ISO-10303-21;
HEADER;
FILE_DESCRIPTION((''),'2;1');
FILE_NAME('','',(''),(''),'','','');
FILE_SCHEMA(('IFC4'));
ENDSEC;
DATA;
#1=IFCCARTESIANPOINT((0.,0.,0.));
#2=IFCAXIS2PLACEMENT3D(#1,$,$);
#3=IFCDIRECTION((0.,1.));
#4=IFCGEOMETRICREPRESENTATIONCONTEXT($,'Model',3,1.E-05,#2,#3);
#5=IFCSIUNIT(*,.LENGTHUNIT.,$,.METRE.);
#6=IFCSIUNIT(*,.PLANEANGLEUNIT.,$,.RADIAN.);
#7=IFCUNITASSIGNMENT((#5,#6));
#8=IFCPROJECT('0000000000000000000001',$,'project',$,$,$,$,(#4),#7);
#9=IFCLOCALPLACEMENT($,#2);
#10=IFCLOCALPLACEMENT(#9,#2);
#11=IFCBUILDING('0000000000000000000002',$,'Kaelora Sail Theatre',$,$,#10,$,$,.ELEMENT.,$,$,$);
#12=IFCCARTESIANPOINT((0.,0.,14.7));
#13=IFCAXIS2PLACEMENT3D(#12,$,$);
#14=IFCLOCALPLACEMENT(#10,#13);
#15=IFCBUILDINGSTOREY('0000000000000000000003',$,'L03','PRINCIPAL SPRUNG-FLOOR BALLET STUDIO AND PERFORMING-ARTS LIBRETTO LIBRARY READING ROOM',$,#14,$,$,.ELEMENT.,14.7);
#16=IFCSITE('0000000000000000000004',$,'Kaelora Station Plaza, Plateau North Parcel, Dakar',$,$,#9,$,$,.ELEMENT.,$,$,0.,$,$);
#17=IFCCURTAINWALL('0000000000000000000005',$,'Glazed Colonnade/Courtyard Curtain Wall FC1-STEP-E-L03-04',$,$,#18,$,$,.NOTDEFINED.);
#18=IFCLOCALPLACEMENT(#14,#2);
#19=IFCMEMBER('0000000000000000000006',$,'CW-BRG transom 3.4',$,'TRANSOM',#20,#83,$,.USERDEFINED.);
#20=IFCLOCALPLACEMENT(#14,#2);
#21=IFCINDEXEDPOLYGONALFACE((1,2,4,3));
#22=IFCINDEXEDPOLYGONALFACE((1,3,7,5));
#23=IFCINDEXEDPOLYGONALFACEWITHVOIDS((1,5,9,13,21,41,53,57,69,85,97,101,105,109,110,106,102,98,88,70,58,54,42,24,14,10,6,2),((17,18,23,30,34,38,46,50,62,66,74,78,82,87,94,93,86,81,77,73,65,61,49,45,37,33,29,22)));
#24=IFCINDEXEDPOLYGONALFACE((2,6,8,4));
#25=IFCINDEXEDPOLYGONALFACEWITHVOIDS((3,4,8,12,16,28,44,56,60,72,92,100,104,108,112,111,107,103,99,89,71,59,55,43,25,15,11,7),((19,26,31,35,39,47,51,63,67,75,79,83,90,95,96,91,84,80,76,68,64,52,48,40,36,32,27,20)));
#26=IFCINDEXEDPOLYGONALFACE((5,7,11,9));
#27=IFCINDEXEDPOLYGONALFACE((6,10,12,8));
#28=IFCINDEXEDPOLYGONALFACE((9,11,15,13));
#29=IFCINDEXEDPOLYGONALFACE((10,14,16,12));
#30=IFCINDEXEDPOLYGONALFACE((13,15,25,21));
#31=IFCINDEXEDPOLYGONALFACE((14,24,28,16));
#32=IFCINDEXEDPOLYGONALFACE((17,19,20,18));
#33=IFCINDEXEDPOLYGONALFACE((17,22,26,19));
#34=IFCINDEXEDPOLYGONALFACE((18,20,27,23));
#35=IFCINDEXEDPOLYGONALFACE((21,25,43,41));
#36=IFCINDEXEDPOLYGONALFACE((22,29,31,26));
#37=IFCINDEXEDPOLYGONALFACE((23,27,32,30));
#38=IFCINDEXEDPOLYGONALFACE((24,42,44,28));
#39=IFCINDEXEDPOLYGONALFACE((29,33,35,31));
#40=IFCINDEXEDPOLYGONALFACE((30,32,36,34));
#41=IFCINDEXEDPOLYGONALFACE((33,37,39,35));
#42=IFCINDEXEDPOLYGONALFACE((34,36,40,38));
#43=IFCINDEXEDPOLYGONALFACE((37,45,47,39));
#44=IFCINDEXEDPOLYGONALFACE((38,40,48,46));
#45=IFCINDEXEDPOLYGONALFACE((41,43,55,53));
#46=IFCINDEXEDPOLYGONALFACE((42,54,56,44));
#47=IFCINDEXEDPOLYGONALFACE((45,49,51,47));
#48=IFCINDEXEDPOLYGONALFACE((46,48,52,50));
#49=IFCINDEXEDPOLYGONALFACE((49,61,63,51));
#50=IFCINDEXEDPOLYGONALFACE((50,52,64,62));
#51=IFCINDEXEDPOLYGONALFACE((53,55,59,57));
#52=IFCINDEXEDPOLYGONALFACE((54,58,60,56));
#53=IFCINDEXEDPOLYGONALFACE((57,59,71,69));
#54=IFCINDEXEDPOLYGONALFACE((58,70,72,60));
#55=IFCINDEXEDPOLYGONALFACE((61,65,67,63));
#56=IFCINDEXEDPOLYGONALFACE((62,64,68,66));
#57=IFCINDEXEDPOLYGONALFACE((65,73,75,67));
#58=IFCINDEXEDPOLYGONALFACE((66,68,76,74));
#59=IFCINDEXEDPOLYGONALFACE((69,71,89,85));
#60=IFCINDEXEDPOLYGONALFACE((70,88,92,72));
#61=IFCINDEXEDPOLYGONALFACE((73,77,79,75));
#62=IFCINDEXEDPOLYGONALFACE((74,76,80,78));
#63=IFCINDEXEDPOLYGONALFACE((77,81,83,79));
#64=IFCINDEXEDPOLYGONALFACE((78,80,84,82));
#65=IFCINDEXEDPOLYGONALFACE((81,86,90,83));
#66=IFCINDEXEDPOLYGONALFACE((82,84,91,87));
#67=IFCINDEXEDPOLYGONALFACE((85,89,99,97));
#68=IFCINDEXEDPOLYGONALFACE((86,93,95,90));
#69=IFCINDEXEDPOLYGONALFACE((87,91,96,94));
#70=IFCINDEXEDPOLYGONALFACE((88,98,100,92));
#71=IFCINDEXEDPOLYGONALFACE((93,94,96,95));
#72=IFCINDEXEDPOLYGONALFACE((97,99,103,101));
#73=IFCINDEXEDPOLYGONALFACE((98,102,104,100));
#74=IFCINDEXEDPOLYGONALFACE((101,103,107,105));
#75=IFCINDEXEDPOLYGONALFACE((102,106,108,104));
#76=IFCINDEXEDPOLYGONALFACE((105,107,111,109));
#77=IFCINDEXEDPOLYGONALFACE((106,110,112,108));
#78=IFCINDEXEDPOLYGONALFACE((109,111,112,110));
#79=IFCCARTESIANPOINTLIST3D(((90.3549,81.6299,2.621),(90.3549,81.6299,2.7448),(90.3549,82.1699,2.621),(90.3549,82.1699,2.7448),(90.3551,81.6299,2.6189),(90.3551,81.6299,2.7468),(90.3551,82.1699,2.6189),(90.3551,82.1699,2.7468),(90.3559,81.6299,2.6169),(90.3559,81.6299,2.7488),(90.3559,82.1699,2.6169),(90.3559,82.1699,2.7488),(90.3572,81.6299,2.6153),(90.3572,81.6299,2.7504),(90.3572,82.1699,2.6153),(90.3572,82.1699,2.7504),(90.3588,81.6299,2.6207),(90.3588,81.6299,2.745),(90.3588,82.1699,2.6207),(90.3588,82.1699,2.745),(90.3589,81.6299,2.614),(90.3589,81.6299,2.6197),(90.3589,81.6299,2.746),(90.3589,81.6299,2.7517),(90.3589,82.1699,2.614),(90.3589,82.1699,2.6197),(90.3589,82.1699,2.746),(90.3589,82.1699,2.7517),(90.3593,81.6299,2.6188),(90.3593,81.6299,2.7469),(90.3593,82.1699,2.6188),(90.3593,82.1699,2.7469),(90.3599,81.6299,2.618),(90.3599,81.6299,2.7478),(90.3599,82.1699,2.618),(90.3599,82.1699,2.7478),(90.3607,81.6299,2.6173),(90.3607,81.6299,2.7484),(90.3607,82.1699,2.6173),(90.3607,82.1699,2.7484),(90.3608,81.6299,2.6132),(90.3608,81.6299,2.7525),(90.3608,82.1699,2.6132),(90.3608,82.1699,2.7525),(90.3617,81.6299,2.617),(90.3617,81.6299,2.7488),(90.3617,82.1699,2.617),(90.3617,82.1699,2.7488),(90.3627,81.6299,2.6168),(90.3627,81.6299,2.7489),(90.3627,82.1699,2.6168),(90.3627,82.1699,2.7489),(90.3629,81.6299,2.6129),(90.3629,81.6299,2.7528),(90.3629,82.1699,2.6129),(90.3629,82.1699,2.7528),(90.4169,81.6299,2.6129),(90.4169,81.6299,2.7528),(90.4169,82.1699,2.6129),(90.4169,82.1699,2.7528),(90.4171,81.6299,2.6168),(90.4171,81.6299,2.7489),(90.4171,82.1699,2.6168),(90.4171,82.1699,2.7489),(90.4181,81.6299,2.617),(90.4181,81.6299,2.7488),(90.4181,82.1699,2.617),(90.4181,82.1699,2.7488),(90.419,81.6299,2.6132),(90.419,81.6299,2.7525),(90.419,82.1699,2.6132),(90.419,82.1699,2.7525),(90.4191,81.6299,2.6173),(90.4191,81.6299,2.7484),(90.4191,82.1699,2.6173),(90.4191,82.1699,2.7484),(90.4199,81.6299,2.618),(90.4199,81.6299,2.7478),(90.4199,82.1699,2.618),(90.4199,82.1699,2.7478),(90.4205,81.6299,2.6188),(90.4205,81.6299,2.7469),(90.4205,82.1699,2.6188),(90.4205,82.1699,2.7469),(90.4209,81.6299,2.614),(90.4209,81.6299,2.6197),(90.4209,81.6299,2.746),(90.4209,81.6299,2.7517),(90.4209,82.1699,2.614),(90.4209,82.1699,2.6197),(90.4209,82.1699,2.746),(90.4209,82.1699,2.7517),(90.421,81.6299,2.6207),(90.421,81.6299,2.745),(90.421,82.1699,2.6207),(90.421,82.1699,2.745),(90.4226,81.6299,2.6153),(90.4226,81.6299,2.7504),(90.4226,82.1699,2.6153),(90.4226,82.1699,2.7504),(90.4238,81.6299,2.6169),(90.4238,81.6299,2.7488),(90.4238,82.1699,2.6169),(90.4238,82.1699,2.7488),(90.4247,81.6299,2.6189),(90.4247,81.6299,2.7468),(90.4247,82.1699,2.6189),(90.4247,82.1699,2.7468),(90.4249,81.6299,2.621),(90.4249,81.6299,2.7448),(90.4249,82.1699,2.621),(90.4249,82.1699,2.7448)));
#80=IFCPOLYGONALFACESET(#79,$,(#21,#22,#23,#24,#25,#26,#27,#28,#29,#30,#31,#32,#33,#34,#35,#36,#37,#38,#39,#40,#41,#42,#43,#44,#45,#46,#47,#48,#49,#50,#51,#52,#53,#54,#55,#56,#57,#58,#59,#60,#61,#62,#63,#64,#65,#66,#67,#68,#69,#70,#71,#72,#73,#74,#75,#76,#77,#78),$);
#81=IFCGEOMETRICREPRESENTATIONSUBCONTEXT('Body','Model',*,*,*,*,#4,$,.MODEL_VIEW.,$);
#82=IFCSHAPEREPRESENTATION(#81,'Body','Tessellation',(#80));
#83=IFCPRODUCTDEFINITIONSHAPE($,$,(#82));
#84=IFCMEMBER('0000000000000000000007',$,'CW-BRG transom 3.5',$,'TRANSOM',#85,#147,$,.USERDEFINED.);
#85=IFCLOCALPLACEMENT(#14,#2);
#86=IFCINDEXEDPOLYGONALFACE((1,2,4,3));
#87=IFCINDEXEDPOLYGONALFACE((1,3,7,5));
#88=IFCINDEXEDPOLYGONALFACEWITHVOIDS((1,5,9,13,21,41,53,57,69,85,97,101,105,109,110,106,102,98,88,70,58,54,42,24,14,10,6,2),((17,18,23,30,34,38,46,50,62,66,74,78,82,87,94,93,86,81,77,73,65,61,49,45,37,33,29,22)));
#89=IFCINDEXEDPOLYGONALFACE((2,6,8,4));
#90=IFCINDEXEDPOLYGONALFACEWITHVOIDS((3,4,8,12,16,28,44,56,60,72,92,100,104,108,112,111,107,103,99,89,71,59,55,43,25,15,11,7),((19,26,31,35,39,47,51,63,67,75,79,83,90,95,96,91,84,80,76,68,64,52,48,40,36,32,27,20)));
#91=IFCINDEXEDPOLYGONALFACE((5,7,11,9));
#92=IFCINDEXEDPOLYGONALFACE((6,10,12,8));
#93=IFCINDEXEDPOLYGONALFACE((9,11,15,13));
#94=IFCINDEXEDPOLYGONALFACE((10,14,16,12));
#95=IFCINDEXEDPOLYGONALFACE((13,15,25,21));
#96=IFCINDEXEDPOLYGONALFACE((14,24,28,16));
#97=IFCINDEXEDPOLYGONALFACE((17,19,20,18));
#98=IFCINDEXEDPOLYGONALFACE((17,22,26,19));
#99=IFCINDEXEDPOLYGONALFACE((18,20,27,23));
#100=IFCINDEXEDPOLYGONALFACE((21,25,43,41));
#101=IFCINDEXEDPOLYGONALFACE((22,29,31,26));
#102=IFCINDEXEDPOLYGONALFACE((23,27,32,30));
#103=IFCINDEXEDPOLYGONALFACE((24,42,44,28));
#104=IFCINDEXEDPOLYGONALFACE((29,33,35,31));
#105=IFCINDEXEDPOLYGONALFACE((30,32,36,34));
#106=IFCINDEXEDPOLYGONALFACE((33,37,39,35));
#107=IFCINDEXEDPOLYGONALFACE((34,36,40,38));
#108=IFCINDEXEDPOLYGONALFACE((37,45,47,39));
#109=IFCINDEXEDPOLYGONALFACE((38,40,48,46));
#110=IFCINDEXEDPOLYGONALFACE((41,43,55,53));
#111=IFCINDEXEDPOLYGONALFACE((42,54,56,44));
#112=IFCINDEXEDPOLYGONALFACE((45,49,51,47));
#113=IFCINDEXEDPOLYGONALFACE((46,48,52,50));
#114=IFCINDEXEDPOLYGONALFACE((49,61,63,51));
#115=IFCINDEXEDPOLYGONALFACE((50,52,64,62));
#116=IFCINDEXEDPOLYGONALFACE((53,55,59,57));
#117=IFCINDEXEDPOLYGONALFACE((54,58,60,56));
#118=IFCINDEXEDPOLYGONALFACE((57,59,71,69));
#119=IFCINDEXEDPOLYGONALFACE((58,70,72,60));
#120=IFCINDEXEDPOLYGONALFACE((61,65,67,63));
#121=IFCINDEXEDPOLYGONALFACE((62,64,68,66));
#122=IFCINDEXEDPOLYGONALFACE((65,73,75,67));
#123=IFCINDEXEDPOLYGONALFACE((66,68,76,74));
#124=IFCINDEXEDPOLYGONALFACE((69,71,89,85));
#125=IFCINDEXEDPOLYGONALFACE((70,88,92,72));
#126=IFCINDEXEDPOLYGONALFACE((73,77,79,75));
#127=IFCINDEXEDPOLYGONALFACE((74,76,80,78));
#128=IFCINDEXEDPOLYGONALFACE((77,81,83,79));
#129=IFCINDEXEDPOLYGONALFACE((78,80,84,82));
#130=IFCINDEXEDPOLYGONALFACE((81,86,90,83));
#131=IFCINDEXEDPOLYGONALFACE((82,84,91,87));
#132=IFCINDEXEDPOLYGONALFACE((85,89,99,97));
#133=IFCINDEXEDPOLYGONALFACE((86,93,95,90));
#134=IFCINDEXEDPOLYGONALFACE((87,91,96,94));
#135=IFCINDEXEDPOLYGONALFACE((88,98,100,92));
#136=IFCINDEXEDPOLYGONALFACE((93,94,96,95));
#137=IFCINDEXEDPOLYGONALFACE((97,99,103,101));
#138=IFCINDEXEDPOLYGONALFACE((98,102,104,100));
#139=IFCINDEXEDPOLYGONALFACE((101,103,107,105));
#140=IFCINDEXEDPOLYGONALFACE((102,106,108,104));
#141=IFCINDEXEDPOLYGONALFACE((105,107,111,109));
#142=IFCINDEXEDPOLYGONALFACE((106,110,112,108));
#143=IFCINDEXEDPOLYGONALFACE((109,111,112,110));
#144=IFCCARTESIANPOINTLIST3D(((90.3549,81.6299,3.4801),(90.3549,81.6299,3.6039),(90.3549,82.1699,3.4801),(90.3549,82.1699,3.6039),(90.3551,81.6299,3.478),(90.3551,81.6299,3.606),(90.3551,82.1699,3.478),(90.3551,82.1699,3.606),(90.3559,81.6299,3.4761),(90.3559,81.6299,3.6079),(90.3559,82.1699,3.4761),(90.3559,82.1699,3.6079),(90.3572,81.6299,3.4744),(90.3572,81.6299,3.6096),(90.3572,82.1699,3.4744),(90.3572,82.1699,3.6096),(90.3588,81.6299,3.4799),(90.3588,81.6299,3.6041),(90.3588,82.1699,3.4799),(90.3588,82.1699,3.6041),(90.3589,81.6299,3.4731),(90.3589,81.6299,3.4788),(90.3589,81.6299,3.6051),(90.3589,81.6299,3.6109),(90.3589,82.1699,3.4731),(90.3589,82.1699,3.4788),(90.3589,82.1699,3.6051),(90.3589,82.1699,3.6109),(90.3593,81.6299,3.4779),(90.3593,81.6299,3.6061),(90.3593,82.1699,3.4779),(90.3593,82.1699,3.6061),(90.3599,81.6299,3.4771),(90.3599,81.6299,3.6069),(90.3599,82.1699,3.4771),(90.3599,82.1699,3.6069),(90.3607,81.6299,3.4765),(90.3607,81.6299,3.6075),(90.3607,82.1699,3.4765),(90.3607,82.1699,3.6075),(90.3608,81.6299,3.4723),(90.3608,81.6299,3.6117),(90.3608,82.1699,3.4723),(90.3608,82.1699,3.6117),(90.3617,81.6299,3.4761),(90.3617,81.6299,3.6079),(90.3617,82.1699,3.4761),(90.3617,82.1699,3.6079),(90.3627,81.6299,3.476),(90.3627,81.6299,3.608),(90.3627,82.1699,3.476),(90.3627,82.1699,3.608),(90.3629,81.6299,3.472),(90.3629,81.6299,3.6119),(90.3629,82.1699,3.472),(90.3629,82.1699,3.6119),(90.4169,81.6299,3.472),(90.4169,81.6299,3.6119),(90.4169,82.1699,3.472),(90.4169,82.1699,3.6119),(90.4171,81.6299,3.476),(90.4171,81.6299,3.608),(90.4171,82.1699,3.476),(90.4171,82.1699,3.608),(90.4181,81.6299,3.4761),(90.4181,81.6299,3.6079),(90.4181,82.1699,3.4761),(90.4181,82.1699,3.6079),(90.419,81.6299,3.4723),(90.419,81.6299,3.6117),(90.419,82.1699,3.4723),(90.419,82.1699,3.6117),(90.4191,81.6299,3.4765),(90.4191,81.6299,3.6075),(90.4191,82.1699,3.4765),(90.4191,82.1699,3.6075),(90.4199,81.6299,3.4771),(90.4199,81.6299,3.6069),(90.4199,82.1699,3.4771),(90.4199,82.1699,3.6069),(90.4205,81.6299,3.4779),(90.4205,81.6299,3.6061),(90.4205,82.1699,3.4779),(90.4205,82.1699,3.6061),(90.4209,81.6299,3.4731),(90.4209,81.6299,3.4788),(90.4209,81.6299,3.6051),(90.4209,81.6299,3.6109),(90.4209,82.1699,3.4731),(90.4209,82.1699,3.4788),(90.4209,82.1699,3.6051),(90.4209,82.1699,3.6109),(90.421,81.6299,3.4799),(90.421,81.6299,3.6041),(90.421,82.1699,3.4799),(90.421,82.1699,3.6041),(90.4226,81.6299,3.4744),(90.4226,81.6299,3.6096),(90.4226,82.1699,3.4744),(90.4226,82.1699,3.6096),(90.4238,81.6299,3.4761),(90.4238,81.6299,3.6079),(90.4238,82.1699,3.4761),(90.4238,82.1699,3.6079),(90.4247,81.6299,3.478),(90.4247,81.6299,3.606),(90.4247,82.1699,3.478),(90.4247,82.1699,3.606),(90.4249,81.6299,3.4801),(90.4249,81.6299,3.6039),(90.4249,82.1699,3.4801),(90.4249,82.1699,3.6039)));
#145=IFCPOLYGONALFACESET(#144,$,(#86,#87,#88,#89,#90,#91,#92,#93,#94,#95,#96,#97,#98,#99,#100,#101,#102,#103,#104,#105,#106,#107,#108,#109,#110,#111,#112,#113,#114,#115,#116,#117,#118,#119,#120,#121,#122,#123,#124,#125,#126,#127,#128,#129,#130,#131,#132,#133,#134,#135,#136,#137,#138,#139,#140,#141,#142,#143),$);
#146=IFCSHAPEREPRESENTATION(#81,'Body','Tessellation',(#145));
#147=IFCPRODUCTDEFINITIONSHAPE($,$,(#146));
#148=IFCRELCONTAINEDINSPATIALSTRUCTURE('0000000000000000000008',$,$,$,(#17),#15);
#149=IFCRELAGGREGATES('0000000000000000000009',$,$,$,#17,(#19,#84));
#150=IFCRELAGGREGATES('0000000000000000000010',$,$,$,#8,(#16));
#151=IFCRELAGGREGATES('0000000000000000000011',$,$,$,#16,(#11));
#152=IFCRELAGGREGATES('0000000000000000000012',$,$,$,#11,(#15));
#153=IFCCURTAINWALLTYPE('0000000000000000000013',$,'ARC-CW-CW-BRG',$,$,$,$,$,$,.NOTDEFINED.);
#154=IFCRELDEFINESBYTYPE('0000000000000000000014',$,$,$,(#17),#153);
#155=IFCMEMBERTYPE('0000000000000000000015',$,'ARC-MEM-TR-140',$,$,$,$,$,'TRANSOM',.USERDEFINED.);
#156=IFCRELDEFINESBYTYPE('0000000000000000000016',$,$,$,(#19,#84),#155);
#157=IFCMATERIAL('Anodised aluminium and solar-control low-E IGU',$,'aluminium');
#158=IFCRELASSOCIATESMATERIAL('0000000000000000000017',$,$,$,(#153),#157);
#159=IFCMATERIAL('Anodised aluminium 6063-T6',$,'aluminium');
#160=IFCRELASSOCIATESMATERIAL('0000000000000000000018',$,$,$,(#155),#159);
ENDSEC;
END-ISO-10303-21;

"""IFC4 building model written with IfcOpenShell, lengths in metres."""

from ifc_helpers import new_model, si_unit, direction, frame, origin, origin_2d, place, context, subcontext, project, spatial, hollow_rectangle, extrude, material, material_profile, profile_set, type_object, element, aggregate, save


model = new_model("IFC4")

# Units and contexts
model_context = context("Model", 3, precision=1e-05, world=origin(), true_north=direction((0.0, 1.0)))
body_context = subcontext(model_context, "Body", "Model", "MODEL_VIEW")
ifc_project = project(units=[si_unit("LENGTHUNIT", "METRE"), si_unit("PLANEANGLEUNIT", "RADIAN")], contexts=[model_context])

# Site, building, storey
site_placement = place(None, origin())
site = spatial("IfcSite", under=ifc_project, at=site_placement, Name="Kaelora Station Plaza, Plateau North Parcel, Dakar", CompositionType="ELEMENT", RefElevation=0.0)
building_placement = place(site_placement, origin())
building = spatial("IfcBuilding", under=site, at=building_placement, Name="Kaelora Sail Theatre", CompositionType="ELEMENT")
storey_placement = place(building_placement, frame((0.0, 0.0, 14.7)))
storey = spatial("IfcBuildingStorey", under=building, at=storey_placement, Name="L03", Description="PRINCIPAL SPRUNG-FLOOR BALLET STUDIO AND PERFORMING-ARTS LIBRETTO LIBRARY READING ROOM", CompositionType="ELEMENT", Elevation=14.7)

# Curtain wall, members
ifc_material_1 = material(Name="Anodised aluminium and solar-control low-E IGU", Category="aluminium")
curtain_wall_type = type_object("IfcCurtainWallType", Name="ARC-CW-CW-BRG", PredefinedType="NOTDEFINED", material=ifc_material_1)
curtain_wall_placement = place(storey_placement, origin())
curtain_wall = element("IfcCurtainWall", 1, at=curtain_wall_placement, inside=storey, type_object=curtain_wall_type, Name="Glazed Colonnade/Courtyard Curtain Wall FC1-STEP-E-L03-04", PredefinedType="NOTDEFINED")
ifc_material_2 = material(Name="Anodised aluminium 6063-T6", Category="aluminium")
ifc_material_profile_1 = material_profile(ifc_material_2, hollow_rectangle(XDim=0.0701, YDim=0.1399, WallThickness=0.0039, InnerFilletRadius=0.0039, OuterFilletRadius=0.0081, at=origin_2d()), Name="ALU-TRAN 70x140x4")
ifc_profile_set_1 = profile_set([ifc_material_profile_1], Name="Anodised aluminium 6063-T6")
member_type_1 = type_object("IfcMemberType", Name="ARC-MEM-TR-140", ElementType="TRANSOM", PredefinedType="USERDEFINED", material=ifc_profile_set_1)
member_1_placement = place(storey_placement, frame((90.3899, 81.6299, 2.6829), z_axis=(0.0, 1.0, 0.0), x_axis=(-1.0, 0.0, 0.0)))
member_1 = element("IfcMember", 2, at=member_1_placement, type_object=member_type_1, Name="CW-BRG transom 3.4", ObjectType="TRANSOM", PredefinedType="USERDEFINED", context=body_context, shape_type="SweptSolid", body=[
    extrude(hollow_rectangle(XDim=0.0701, YDim=0.1399, WallThickness=0.0039, InnerFilletRadius=0.0039, OuterFilletRadius=0.0081, at=origin_2d()), origin(), (0.0, 0.0, 1.0), 0.54),
])
member_2_placement = place(storey_placement, frame((90.3899, 81.6299, 3.542), z_axis=(0.0, 1.0, 0.0), x_axis=(-1.0, 0.0, 0.0)))
member_2 = element("IfcMember", 3, at=member_2_placement, type_object=member_type_1, Name="CW-BRG transom 3.5", ObjectType="TRANSOM", PredefinedType="USERDEFINED", context=body_context, shape_type="SweptSolid", body=[
    extrude(hollow_rectangle(XDim=0.0701, YDim=0.1399, WallThickness=0.0039, InnerFilletRadius=0.0039, OuterFilletRadius=0.0081, at=origin_2d()), origin(), (0.0, 0.0, 1.0), 0.54),
])

aggregate(curtain_wall, [member_1, member_2])

save(model, "model.ifc")
